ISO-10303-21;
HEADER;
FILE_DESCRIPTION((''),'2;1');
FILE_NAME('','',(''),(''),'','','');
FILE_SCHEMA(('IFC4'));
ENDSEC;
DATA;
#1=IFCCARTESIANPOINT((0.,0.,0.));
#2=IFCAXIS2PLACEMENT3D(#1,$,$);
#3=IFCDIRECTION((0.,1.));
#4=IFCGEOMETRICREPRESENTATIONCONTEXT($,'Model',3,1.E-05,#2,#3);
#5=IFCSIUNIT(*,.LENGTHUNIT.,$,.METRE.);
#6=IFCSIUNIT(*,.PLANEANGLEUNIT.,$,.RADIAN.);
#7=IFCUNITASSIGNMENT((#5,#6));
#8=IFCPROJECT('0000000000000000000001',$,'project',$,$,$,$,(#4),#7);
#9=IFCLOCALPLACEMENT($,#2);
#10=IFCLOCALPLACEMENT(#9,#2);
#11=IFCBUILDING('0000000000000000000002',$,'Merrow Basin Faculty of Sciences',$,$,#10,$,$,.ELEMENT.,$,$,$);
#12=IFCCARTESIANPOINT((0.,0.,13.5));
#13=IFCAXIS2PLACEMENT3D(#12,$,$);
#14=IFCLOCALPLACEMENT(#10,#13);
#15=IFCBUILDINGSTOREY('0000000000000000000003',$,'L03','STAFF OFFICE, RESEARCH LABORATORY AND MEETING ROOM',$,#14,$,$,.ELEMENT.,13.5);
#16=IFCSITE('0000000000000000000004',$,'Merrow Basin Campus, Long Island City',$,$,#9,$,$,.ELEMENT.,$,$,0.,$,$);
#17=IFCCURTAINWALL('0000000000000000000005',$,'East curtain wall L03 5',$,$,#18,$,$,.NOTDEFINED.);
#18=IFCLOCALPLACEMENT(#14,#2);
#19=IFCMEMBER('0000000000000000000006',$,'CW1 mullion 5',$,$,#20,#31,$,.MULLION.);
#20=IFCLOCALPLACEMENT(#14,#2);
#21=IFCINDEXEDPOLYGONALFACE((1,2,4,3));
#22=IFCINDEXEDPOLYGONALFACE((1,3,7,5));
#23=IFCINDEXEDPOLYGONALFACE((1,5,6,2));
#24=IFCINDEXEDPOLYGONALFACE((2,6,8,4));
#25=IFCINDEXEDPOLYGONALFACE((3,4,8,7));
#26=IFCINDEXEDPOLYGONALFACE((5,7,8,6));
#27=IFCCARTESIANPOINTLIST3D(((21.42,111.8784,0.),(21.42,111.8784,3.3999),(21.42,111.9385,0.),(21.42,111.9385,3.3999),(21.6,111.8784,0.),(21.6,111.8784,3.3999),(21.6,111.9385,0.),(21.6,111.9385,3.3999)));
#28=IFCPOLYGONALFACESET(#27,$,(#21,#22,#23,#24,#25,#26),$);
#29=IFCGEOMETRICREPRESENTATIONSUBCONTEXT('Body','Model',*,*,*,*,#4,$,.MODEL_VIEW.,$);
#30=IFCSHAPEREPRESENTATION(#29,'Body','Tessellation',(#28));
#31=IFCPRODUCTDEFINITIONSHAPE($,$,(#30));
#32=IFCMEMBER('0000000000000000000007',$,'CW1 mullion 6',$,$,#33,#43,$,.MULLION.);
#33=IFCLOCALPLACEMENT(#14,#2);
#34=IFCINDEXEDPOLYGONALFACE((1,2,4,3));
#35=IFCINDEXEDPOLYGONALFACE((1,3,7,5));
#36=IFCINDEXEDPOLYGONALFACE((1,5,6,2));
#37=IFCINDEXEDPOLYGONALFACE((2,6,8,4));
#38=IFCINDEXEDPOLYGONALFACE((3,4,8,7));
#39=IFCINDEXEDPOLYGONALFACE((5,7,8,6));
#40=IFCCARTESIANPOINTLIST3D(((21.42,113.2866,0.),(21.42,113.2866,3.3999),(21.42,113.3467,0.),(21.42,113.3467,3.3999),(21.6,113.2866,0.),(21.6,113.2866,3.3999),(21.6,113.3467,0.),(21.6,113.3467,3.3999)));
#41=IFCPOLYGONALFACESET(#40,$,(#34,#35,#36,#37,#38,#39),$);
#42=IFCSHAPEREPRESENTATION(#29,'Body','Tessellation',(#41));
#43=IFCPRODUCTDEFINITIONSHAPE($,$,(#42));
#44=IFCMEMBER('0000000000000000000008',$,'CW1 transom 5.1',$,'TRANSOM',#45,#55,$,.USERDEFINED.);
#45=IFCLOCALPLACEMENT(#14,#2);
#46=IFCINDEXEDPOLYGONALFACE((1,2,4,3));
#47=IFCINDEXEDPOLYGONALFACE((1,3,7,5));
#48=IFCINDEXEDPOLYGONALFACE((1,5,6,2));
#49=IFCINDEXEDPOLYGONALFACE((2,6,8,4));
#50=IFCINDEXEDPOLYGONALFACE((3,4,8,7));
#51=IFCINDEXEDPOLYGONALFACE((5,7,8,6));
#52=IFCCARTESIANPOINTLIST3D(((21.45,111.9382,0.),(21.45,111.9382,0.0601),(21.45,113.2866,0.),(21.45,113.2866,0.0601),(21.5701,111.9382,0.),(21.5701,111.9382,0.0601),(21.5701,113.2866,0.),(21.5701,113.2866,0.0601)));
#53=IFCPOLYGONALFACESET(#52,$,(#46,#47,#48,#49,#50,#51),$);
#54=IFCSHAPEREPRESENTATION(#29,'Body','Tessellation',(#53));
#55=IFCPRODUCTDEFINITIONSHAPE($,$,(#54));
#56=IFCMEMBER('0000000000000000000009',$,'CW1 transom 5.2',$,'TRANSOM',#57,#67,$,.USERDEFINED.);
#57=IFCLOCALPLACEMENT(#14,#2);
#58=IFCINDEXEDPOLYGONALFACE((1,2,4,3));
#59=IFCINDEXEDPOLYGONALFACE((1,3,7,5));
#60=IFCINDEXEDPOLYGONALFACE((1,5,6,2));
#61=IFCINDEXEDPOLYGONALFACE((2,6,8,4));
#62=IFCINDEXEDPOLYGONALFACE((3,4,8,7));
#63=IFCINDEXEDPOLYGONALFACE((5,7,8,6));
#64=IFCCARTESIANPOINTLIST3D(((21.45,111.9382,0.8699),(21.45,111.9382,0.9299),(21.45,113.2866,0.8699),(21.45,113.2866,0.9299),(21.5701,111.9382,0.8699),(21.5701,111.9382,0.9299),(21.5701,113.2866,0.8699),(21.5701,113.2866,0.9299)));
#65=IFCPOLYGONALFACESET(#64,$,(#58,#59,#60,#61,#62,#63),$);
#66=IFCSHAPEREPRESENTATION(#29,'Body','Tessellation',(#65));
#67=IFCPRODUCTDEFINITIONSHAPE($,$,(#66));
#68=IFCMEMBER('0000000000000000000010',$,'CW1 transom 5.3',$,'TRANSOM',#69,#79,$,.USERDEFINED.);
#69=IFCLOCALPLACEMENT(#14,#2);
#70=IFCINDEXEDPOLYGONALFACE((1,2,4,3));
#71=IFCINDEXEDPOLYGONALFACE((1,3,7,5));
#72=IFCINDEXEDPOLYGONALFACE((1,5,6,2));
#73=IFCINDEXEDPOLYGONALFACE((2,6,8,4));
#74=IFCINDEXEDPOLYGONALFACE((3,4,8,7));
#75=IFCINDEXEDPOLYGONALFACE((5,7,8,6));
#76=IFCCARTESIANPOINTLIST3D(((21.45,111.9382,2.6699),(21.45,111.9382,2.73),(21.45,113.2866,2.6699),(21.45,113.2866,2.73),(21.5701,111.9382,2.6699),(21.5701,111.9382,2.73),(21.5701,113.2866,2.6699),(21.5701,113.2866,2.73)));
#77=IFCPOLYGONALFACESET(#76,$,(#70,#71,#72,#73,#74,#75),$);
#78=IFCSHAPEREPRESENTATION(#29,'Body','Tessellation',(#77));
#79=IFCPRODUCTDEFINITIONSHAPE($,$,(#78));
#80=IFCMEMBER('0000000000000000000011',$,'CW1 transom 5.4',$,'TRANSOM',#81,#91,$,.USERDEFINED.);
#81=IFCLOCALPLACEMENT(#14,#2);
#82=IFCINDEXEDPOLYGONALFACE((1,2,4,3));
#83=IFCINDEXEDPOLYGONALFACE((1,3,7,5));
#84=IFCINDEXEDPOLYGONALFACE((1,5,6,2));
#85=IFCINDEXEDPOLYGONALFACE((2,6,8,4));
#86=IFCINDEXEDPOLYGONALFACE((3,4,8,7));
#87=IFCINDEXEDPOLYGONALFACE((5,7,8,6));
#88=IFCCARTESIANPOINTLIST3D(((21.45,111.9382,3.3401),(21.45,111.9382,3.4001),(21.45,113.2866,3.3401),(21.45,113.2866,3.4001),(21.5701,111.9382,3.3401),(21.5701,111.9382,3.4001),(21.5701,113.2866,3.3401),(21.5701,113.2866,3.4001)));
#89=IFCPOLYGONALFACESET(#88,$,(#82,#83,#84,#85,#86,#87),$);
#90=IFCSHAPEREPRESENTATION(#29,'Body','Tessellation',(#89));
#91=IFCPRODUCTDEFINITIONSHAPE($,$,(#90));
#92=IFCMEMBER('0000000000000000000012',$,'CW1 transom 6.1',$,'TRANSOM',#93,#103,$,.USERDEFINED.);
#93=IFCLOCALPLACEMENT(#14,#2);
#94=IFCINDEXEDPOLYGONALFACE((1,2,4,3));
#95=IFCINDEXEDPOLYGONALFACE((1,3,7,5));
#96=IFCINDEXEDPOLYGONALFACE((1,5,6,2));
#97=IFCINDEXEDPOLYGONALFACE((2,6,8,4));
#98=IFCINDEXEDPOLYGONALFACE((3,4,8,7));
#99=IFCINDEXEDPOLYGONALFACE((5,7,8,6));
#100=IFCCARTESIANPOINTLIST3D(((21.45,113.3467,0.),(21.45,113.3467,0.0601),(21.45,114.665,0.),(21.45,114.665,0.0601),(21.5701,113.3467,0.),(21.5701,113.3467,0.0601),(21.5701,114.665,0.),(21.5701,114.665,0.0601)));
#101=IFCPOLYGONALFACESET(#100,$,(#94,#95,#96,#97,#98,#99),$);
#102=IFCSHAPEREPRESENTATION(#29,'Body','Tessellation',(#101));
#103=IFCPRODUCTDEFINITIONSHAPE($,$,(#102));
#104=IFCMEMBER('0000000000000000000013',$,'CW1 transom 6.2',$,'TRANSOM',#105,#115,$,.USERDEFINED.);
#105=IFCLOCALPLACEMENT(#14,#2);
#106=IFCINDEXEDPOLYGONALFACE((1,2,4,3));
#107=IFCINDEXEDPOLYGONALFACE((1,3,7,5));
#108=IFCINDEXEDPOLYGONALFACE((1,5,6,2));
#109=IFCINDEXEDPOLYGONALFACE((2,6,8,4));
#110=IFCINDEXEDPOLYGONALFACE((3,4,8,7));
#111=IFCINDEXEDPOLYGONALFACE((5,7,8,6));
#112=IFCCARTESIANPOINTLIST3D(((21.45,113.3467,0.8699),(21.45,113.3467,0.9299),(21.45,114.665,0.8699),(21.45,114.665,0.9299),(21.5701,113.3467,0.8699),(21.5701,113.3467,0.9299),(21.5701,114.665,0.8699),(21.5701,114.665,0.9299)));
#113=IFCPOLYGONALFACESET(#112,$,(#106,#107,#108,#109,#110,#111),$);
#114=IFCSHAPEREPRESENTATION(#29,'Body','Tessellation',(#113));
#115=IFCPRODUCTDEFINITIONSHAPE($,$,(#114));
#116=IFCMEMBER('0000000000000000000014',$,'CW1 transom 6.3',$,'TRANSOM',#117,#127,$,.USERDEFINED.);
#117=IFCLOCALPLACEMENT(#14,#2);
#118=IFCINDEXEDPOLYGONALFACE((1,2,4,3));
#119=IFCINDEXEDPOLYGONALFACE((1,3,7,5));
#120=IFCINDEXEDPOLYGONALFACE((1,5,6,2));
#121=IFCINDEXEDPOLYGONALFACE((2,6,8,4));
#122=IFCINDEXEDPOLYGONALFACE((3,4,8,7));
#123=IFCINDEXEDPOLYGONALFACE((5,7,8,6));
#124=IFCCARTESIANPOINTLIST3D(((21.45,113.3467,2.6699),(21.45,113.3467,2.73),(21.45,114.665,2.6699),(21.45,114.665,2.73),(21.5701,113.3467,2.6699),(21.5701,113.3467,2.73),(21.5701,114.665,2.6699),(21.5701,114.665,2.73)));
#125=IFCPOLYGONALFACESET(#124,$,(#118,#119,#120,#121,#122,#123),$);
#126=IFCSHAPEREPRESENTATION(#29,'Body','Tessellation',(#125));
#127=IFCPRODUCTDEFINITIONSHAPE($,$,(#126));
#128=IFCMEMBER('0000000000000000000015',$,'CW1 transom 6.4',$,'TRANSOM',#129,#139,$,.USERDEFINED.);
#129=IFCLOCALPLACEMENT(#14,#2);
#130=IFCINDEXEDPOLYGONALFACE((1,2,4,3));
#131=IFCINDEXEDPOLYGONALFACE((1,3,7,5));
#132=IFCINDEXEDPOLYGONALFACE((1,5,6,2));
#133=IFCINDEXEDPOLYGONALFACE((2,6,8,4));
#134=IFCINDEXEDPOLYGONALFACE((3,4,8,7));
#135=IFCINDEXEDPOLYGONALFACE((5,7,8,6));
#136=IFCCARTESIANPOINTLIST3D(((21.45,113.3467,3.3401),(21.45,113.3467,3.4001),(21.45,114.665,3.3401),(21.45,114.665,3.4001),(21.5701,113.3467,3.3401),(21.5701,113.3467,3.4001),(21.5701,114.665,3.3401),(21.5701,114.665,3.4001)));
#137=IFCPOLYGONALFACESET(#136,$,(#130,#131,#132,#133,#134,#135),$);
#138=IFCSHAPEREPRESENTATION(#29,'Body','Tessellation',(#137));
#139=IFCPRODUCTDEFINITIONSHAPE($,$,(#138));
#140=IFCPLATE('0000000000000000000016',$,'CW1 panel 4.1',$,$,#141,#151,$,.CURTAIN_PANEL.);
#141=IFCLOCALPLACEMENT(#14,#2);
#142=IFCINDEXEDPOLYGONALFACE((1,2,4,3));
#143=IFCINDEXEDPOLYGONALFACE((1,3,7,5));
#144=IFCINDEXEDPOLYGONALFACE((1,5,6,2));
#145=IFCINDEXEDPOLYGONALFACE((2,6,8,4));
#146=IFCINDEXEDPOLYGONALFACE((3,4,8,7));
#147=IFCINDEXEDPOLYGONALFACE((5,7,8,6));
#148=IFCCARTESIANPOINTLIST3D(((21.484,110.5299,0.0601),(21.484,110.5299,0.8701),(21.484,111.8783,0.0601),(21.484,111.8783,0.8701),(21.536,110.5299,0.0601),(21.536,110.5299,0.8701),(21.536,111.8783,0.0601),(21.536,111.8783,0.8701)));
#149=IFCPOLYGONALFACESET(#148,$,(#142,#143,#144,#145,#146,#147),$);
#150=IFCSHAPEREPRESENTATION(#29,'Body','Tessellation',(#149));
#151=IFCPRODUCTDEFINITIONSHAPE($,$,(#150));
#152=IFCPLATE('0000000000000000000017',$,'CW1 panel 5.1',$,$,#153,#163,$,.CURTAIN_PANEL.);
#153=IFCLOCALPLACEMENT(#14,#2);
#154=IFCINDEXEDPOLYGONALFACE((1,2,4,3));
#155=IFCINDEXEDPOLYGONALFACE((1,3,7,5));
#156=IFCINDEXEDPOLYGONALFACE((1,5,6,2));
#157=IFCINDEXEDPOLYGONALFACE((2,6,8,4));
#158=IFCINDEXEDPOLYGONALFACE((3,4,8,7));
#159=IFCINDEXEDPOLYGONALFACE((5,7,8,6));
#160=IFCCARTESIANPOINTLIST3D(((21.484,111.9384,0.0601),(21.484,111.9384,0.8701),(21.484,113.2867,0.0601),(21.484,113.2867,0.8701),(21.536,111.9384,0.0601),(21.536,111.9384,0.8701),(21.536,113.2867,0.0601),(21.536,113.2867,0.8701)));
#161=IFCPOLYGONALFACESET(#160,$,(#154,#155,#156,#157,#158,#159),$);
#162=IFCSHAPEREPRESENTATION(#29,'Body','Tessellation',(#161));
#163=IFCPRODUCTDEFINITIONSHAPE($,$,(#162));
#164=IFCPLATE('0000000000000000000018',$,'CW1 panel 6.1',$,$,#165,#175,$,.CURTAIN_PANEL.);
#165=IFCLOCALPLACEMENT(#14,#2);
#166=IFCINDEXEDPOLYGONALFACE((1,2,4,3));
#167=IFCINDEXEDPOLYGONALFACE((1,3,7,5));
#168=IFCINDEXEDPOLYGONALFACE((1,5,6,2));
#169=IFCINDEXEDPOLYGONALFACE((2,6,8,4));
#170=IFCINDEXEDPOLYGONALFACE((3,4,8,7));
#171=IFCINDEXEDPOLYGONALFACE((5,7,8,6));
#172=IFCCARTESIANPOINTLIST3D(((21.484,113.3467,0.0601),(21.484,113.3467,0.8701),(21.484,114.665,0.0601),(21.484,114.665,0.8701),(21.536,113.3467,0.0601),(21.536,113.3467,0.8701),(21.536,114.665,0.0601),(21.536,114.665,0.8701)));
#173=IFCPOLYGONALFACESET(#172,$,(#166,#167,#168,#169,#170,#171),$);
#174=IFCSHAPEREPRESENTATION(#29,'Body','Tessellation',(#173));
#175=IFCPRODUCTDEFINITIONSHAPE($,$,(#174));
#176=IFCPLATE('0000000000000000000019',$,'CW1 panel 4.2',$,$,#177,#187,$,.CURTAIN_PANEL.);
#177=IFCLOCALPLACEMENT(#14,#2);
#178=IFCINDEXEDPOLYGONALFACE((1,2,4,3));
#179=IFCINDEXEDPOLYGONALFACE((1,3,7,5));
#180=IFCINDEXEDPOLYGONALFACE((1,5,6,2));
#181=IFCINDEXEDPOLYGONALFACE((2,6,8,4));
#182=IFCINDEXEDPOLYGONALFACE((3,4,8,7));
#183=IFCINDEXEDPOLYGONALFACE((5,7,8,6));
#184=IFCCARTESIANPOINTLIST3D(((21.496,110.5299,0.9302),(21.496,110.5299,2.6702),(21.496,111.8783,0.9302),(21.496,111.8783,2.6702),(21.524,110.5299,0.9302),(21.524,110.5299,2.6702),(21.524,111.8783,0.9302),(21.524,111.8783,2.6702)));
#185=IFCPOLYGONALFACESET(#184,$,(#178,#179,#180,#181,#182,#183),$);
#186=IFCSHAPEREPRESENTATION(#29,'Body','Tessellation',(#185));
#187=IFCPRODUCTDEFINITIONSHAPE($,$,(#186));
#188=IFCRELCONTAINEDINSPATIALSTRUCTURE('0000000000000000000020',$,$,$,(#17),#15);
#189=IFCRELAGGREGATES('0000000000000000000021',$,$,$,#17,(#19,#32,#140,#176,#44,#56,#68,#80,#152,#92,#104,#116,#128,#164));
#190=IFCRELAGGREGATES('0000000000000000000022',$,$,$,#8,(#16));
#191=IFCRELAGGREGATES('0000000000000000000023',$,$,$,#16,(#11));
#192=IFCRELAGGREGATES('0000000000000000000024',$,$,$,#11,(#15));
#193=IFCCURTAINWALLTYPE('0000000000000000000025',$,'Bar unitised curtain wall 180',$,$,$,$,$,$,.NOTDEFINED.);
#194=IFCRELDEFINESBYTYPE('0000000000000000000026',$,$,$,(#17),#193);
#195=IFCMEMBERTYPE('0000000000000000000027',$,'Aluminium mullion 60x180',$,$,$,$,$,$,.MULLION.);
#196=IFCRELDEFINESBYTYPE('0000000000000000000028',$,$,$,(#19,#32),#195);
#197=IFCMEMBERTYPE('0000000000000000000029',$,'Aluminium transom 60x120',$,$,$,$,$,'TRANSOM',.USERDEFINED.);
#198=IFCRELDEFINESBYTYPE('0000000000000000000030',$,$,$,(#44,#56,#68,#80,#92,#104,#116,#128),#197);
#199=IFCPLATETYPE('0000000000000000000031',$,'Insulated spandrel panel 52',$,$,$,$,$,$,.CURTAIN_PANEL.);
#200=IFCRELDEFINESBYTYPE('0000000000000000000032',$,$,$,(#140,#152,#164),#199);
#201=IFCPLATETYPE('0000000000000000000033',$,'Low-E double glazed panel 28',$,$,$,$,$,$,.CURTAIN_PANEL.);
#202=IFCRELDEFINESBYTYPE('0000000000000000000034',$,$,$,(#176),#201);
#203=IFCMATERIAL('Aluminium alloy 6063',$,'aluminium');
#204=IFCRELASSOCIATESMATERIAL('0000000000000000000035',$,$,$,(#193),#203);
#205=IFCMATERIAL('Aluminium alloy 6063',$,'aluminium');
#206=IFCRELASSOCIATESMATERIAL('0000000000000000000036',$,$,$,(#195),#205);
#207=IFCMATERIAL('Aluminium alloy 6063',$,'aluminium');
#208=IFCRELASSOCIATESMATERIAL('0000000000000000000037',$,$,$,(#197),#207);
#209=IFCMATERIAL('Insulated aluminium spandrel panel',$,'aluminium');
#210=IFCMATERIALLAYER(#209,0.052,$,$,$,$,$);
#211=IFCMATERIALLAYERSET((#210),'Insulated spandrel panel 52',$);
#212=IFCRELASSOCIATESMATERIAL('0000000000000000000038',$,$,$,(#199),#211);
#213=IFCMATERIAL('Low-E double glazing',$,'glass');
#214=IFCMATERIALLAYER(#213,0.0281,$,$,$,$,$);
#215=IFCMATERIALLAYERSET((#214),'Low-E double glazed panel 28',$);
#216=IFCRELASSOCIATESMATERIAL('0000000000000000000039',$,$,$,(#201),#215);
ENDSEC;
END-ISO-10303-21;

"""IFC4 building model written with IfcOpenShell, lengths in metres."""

from ifc_helpers import new_model, si_unit, direction, frame, origin, origin_2d, place, context, subcontext, project, spatial, rectangle, extrude, material, layer, layer_set, material_profile, profile_set, type_object, element, aggregate, save


model = new_model("IFC4")

# Units and contexts
model_context = context("Model", 3, precision=1e-05, world=origin(), true_north=direction((0.0, 1.0)))
body_context = subcontext(model_context, "Body", "Model", "MODEL_VIEW")
ifc_project = project(units=[si_unit("LENGTHUNIT", "METRE"), si_unit("PLANEANGLEUNIT", "RADIAN")], contexts=[model_context])

# Site, building, storey
site_placement = place(None, origin())
site = spatial("IfcSite", under=ifc_project, at=site_placement, Name="Merrow Basin Campus, Long Island City", CompositionType="ELEMENT", RefElevation=0.0)
building_placement = place(site_placement, origin())
building = spatial("IfcBuilding", under=site, at=building_placement, Name="Merrow Basin Faculty of Sciences", CompositionType="ELEMENT")
storey_placement = place(building_placement, frame((0.0, 0.0, 13.5)))
storey = spatial("IfcBuildingStorey", under=building, at=storey_placement, Name="L03", Description="STAFF OFFICE, RESEARCH LABORATORY AND MEETING ROOM", CompositionType="ELEMENT", Elevation=13.5)

# Curtain wall, members, plates
ifc_material_1 = material(Name="Aluminium alloy 6063", Category="aluminium")
curtain_wall_type = type_object("IfcCurtainWallType", Name="Bar unitised curtain wall 180", PredefinedType="NOTDEFINED", material=ifc_material_1)
curtain_wall_placement = place(storey_placement, origin())
curtain_wall = element("IfcCurtainWall", 1, at=curtain_wall_placement, inside=storey, type_object=curtain_wall_type, Name="East curtain wall L03 5", PredefinedType="NOTDEFINED")
ifc_material_2 = material(Name="Aluminium alloy 6063", Category="aluminium")
ifc_material_profile_1 = material_profile(ifc_material_2, rectangle(XDim=0.1799, YDim=0.0601, at=origin_2d()))
ifc_profile_set_1 = profile_set([ifc_material_profile_1], Name="Aluminium alloy 6063")
member_type_1 = type_object("IfcMemberType", Name="Aluminium mullion 60x180", PredefinedType="MULLION", material=ifc_profile_set_1)
member_1_placement = place(storey_placement, frame((21.51, 111.9084, 0.0), z_axis=(0.0, 0.0, 1.0), x_axis=(-1.0, 0.0, 0.0)))
member_1 = element("IfcMember", 2, at=member_1_placement, type_object=member_type_1, Name="CW1 mullion 5", PredefinedType="MULLION", context=body_context, shape_type="SweptSolid", body=[
    extrude(rectangle(XDim=0.1799, YDim=0.0601, at=origin_2d()), origin(), (0.0, 0.0, 1.0), 3.3999),
])
member_2_placement = place(storey_placement, frame((21.51, 113.3167, 0.0), z_axis=(0.0, 0.0, 1.0), x_axis=(-1.0, 0.0, 0.0)))
member_2 = element("IfcMember", 3, at=member_2_placement, type_object=member_type_1, Name="CW1 mullion 6", PredefinedType="MULLION", context=body_context, shape_type="SweptSolid", body=[
    extrude(rectangle(XDim=0.1799, YDim=0.0601, at=origin_2d()), origin(), (0.0, 0.0, 1.0), 3.3999),
])
ifc_material_3 = material(Name="Aluminium alloy 6063", Category="aluminium")
ifc_material_profile_2 = material_profile(ifc_material_3, rectangle(XDim=0.1201, YDim=0.0601, at=origin_2d()))
ifc_profile_set_2 = profile_set([ifc_material_profile_2], Name="Aluminium alloy 6063")
member_type_2 = type_object("IfcMemberType", Name="Aluminium transom 60x120", ElementType="TRANSOM", PredefinedType="USERDEFINED", material=ifc_profile_set_2)
member_3_placement = place(storey_placement, frame((21.51, 111.9382, 0.03), z_axis=(0.0, 1.0, 0.0), x_axis=(-1.0, 0.0, 0.0)))
member_3 = element("IfcMember", 4, at=member_3_placement, type_object=member_type_2, Name="CW1 transom 5.1", ObjectType="TRANSOM", PredefinedType="USERDEFINED", context=body_context, shape_type="SweptSolid", body=[
    extrude(rectangle(XDim=0.1201, YDim=0.0601, at=origin_2d()), origin(), (0.0, 0.0, 1.0), 1.3484),
])
member_4_placement = place(storey_placement, frame((21.51, 111.9382, 0.8999), z_axis=(0.0, 1.0, 0.0), x_axis=(-1.0, 0.0, 0.0)))
member_4 = element("IfcMember", 5, at=member_4_placement, type_object=member_type_2, Name="CW1 transom 5.2", ObjectType="TRANSOM", PredefinedType="USERDEFINED", context=body_context, shape_type="SweptSolid", body=[
    extrude(rectangle(XDim=0.1201, YDim=0.0601, at=origin_2d()), origin(), (0.0, 0.0, 1.0), 1.3484),
])
member_5_placement = place(storey_placement, frame((21.51, 111.9382, 2.7), z_axis=(0.0, 1.0, 0.0), x_axis=(-1.0, 0.0, 0.0)))
member_5 = element("IfcMember", 6, at=member_5_placement, type_object=member_type_2, Name="CW1 transom 5.3", ObjectType="TRANSOM", PredefinedType="USERDEFINED", context=body_context, shape_type="SweptSolid", body=[
    extrude(rectangle(XDim=0.1201, YDim=0.0601, at=origin_2d()), origin(), (0.0, 0.0, 1.0), 1.3484),
])
member_6_placement = place(storey_placement, frame((21.51, 111.9382, 3.3701), z_axis=(0.0, 1.0, 0.0), x_axis=(-1.0, 0.0, 0.0)))
member_6 = element("IfcMember", 7, at=member_6_placement, type_object=member_type_2, Name="CW1 transom 5.4", ObjectType="TRANSOM", PredefinedType="USERDEFINED", context=body_context, shape_type="SweptSolid", body=[
    extrude(rectangle(XDim=0.1201, YDim=0.0601, at=origin_2d()), origin(), (0.0, 0.0, 1.0), 1.3484),
])
member_7_placement = place(storey_placement, frame((21.51, 113.3467, 0.03), z_axis=(0.0, 1.0, 0.0), x_axis=(-1.0, 0.0, 0.0)))
member_7 = element("IfcMember", 8, at=member_7_placement, type_object=member_type_2, Name="CW1 transom 6.1", ObjectType="TRANSOM", PredefinedType="USERDEFINED", context=body_context, shape_type="SweptSolid", body=[
    extrude(rectangle(XDim=0.1201, YDim=0.0601, at=origin_2d()), origin(), (0.0, 0.0, 1.0), 1.3184),
])
member_8_placement = place(storey_placement, frame((21.51, 113.3467, 0.8999), z_axis=(0.0, 1.0, 0.0), x_axis=(-1.0, 0.0, 0.0)))
member_8 = element("IfcMember", 9, at=member_8_placement, type_object=member_type_2, Name="CW1 transom 6.2", ObjectType="TRANSOM", PredefinedType="USERDEFINED", context=body_context, shape_type="SweptSolid", body=[
    extrude(rectangle(XDim=0.1201, YDim=0.0601, at=origin_2d()), origin(), (0.0, 0.0, 1.0), 1.3184),
])
member_9_placement = place(storey_placement, frame((21.51, 113.3467, 2.7), z_axis=(0.0, 1.0, 0.0), x_axis=(-1.0, 0.0, 0.0)))
member_9 = element("IfcMember", 10, at=member_9_placement, type_object=member_type_2, Name="CW1 transom 6.3", ObjectType="TRANSOM", PredefinedType="USERDEFINED", context=body_context, shape_type="SweptSolid", body=[
    extrude(rectangle(XDim=0.1201, YDim=0.0601, at=origin_2d()), origin(), (0.0, 0.0, 1.0), 1.3184),
])
member_10_placement = place(storey_placement, frame((21.51, 113.3467, 3.3701), z_axis=(0.0, 1.0, 0.0), x_axis=(-1.0, 0.0, 0.0)))
member_10 = element("IfcMember", 11, at=member_10_placement, type_object=member_type_2, Name="CW1 transom 6.4", ObjectType="TRANSOM", PredefinedType="USERDEFINED", context=body_context, shape_type="SweptSolid", body=[
    extrude(rectangle(XDim=0.1201, YDim=0.0601, at=origin_2d()), origin(), (0.0, 0.0, 1.0), 1.3184),
])
ifc_material_4 = material(Name="Insulated aluminium spandrel panel", Category="aluminium")
ifc_layer_1 = layer(ifc_material_4, 0.052)
ifc_layer_set_1 = layer_set([ifc_layer_1], Name="Insulated spandrel panel 52")
plate_type_1 = type_object("IfcPlateType", Name="Insulated spandrel panel 52", PredefinedType="CURTAIN_PANEL", material=ifc_layer_set_1)
plate_1_placement = place(storey_placement, frame((21.51, 111.2041, 0.0601), z_axis=(0.0, 0.0, 1.0), x_axis=(0.0, 1.0, 0.0)))
plate_1 = element("IfcPlate", 12, at=plate_1_placement, type_object=plate_type_1, Name="CW1 panel 4.1", PredefinedType="CURTAIN_PANEL", context=body_context, shape_type="SweptSolid", body=[
    extrude(rectangle(XDim=1.3484, YDim=0.052, at=origin_2d()), origin(), (0.0, 0.0, 1.0), 0.8101),
])
plate_2_placement = place(storey_placement, frame((21.51, 112.6125, 0.0601), z_axis=(0.0, 0.0, 1.0), x_axis=(0.0, 1.0, 0.0)))
plate_2 = element("IfcPlate", 13, at=plate_2_placement, type_object=plate_type_1, Name="CW1 panel 5.1", PredefinedType="CURTAIN_PANEL", context=body_context, shape_type="SweptSolid", body=[
    extrude(rectangle(XDim=1.3484, YDim=0.052, at=origin_2d()), origin(), (0.0, 0.0, 1.0), 0.8101),
])
plate_3_placement = place(storey_placement, frame((21.51, 114.0059, 0.0601), z_axis=(0.0, 0.0, 1.0), x_axis=(0.0, 1.0, 0.0)))
plate_3 = element("IfcPlate", 14, at=plate_3_placement, type_object=plate_type_1, Name="CW1 panel 6.1", PredefinedType="CURTAIN_PANEL", context=body_context, shape_type="SweptSolid", body=[
    extrude(rectangle(XDim=1.3184, YDim=0.052, at=origin_2d()), origin(), (0.0, 0.0, 1.0), 0.8101),
])
ifc_material_5 = material(Name="Low-E double glazing", Category="glass")
ifc_layer_2 = layer(ifc_material_5, 0.0281)
ifc_layer_set_2 = layer_set([ifc_layer_2], Name="Low-E double glazed panel 28")
plate_type_2 = type_object("IfcPlateType", Name="Low-E double glazed panel 28", PredefinedType="CURTAIN_PANEL", material=ifc_layer_set_2)
plate_4_placement = place(storey_placement, frame((21.51, 111.2041, 0.9302), z_axis=(0.0, 0.0, 1.0), x_axis=(0.0, 1.0, 0.0)))
plate_4 = element("IfcPlate", 15, at=plate_4_placement, type_object=plate_type_2, Name="CW1 panel 4.2", PredefinedType="CURTAIN_PANEL", context=body_context, shape_type="SweptSolid", body=[
    extrude(rectangle(XDim=1.3484, YDim=0.0281, at=origin_2d()), origin(), (0.0, 0.0, 1.0), 1.74),
])
aggregate(curtain_wall, [member_1, member_2, plate_1, plate_4, member_3, member_4, member_5, member_6, plate_2, member_7, member_8, member_9, member_10, plate_3])

save(model, "model.ifc")
